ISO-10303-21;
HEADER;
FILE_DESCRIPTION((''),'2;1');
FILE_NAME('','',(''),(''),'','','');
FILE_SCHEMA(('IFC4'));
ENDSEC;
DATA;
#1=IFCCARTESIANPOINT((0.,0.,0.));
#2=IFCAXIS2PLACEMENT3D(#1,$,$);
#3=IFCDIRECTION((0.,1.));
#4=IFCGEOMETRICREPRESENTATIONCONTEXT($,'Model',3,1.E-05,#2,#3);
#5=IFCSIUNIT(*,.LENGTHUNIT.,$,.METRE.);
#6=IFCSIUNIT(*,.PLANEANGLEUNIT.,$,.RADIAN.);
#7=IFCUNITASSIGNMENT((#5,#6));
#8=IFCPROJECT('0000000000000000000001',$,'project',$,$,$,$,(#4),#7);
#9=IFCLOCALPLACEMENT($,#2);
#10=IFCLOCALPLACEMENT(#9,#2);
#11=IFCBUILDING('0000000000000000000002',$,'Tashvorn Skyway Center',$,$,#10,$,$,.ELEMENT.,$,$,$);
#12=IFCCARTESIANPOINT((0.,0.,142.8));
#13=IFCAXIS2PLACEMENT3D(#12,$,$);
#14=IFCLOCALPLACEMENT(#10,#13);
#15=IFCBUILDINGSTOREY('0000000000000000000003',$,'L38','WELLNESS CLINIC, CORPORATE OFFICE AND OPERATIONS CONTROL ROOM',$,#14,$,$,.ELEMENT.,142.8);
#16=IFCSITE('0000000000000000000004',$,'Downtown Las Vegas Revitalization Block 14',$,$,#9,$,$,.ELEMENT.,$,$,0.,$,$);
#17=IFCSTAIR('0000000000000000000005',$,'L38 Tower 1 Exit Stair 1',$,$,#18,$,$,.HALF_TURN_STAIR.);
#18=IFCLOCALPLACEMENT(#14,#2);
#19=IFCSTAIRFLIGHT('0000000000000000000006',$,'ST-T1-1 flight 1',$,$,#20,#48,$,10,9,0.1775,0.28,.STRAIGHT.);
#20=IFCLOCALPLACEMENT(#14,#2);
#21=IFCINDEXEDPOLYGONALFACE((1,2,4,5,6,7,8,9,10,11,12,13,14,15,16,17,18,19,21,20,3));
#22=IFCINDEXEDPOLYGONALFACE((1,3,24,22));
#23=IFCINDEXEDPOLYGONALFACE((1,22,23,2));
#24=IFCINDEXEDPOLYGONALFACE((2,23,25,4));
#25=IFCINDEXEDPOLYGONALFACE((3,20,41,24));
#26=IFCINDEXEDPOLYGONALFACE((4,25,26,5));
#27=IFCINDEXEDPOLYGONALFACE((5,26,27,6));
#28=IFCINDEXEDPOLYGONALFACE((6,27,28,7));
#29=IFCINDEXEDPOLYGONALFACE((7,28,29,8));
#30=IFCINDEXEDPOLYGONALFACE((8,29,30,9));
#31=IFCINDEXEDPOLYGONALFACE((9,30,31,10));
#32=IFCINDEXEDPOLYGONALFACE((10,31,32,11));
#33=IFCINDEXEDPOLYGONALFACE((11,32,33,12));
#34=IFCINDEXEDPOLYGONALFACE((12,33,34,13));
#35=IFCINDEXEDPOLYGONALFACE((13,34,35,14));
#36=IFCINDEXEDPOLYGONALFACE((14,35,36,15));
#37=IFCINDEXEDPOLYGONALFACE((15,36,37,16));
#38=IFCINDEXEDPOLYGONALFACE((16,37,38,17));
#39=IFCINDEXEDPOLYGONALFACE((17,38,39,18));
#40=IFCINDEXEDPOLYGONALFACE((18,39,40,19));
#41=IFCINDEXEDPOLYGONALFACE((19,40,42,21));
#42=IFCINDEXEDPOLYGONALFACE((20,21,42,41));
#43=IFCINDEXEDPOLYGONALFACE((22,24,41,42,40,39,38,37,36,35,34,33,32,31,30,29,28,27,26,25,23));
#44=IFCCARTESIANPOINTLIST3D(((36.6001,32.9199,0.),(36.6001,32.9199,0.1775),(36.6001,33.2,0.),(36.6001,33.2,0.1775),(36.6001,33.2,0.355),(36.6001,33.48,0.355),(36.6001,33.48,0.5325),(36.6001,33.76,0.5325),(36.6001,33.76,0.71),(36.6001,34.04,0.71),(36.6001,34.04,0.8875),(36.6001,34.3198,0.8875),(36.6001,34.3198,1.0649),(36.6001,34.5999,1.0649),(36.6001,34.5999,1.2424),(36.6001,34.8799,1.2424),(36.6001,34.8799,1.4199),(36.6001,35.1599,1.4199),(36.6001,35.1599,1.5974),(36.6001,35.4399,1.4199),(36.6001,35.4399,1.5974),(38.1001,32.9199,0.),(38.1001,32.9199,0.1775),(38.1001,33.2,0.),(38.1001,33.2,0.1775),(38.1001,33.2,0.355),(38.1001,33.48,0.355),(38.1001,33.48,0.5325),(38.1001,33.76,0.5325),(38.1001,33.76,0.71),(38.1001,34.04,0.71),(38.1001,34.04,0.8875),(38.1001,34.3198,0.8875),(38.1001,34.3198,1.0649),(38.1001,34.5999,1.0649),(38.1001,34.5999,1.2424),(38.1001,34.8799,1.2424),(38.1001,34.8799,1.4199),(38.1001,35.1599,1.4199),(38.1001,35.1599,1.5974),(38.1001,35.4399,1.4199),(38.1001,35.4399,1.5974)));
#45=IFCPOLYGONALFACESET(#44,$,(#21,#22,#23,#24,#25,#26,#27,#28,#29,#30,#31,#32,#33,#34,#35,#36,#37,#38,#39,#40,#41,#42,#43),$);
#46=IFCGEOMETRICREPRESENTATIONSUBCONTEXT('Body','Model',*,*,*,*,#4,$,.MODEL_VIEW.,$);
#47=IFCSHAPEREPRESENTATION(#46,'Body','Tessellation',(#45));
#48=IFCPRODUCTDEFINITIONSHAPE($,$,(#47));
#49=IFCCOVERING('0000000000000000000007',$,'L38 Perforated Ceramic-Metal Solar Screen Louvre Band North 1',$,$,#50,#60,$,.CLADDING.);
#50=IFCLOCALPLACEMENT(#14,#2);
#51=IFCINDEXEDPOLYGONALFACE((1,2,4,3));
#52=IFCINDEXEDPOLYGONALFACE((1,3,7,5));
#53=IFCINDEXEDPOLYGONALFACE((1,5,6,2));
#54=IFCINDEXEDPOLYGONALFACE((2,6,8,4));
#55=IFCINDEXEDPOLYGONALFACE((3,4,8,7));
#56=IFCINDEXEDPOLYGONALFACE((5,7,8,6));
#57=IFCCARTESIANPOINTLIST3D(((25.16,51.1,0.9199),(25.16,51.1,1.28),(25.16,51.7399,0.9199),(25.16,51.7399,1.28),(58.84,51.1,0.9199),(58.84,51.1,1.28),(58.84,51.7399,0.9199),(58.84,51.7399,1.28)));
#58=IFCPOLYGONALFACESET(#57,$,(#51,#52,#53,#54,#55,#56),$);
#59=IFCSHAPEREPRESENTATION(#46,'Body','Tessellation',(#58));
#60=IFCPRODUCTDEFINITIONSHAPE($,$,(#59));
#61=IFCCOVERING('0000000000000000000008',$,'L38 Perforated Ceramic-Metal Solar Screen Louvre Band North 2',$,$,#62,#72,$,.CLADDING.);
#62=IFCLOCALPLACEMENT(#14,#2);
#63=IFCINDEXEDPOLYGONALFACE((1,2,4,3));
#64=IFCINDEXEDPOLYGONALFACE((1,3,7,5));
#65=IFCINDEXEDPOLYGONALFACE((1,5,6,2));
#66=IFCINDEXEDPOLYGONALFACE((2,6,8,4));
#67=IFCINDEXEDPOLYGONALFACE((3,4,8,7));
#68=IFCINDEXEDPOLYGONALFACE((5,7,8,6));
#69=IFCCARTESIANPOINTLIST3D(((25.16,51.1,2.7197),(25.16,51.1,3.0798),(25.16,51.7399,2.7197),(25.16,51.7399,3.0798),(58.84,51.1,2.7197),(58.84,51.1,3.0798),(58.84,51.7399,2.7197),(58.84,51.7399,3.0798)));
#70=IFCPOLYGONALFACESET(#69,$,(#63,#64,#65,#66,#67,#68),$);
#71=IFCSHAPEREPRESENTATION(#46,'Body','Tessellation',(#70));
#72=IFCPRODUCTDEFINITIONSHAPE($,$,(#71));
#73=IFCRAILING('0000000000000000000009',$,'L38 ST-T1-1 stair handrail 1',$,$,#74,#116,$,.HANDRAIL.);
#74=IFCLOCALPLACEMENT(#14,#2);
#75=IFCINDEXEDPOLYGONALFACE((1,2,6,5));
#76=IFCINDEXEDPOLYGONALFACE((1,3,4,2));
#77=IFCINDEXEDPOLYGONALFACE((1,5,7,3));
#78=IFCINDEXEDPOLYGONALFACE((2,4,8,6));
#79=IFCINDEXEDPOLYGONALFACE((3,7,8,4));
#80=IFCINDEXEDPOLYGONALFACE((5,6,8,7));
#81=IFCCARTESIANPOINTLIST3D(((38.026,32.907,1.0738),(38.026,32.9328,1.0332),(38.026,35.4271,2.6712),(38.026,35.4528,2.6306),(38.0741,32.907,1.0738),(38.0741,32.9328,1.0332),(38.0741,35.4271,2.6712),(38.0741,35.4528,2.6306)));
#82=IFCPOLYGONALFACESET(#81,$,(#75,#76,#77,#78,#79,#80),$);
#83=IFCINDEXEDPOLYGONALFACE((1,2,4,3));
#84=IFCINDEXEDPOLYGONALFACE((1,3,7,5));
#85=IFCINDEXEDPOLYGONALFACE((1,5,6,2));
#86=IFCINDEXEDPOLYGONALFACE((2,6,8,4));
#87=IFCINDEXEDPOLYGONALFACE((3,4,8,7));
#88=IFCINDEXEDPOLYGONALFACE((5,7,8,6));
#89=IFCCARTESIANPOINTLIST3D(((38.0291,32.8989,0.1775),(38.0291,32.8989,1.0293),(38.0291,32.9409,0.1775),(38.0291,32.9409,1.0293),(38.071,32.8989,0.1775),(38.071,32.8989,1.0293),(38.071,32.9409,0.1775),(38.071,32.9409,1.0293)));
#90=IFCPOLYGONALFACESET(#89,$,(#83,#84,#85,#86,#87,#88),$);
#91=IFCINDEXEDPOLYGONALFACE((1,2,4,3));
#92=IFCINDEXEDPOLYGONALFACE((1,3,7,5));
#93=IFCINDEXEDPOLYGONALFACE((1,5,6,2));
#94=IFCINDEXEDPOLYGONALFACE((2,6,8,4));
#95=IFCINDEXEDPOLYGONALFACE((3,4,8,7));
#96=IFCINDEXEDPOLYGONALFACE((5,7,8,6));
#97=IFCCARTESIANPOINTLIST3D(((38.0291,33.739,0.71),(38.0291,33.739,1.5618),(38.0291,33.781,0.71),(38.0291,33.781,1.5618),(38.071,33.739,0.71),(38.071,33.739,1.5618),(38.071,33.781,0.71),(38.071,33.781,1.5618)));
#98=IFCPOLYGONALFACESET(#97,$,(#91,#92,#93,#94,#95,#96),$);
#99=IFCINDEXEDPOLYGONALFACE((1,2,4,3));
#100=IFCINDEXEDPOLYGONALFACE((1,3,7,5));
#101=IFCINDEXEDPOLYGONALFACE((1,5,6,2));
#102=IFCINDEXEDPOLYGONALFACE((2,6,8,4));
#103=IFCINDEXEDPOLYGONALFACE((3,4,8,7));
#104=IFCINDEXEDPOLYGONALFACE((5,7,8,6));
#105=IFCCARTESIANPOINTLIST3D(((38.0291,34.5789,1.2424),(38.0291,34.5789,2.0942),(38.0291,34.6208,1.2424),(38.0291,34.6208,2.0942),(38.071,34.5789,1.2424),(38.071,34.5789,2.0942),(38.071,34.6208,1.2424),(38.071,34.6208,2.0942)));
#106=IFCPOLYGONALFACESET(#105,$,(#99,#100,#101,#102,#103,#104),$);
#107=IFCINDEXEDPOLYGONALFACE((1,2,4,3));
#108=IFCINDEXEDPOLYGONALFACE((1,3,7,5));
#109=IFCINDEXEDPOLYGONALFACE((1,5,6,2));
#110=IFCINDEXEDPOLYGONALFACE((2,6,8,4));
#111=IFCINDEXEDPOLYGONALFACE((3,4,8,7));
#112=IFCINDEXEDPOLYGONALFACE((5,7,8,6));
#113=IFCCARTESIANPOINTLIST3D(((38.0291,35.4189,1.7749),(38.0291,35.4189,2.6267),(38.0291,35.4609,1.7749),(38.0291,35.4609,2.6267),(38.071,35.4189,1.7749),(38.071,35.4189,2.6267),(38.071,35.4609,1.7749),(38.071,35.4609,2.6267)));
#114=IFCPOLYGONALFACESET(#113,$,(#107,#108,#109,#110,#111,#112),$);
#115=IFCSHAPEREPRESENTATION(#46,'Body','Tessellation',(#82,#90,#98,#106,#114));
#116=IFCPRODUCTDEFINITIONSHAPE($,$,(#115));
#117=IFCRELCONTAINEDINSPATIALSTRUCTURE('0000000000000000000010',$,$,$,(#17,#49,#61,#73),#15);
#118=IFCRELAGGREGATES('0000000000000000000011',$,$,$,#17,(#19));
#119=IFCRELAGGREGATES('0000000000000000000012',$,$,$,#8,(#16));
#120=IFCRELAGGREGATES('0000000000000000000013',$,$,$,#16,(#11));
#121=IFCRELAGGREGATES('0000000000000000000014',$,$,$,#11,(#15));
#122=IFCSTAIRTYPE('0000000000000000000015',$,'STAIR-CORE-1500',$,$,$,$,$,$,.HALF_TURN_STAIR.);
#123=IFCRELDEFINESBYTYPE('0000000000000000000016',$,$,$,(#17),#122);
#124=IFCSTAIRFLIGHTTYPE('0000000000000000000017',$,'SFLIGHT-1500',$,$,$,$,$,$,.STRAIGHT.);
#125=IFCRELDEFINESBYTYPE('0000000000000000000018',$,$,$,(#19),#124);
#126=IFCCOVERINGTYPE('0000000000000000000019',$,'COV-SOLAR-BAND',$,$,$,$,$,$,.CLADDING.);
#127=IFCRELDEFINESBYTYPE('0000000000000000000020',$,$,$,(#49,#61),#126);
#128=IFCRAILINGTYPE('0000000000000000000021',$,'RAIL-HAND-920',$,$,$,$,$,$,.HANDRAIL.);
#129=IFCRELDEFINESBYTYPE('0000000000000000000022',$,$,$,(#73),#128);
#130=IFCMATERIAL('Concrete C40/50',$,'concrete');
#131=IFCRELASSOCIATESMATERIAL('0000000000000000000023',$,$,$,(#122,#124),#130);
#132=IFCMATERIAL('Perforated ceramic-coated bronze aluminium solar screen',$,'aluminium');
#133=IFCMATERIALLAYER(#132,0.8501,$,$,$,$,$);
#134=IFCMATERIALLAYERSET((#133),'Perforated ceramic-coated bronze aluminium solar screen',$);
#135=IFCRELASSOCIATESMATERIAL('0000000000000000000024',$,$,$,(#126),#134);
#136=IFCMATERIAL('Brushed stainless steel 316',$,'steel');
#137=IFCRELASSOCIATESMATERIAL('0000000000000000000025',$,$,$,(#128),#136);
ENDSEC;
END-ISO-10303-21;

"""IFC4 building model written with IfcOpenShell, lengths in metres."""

from ifc_helpers import new_model, si_unit, direction, frame, origin, origin_2d, place, context, subcontext, project, spatial, polyline, rectangle, outline, extrude, material, layer, layer_set, type_object, element, aggregate, save


model = new_model("IFC4")

# Units and contexts
model_context = context("Model", 3, precision=1e-05, world=origin(), true_north=direction((0.0, 1.0)))
body_context = subcontext(model_context, "Body", "Model", "MODEL_VIEW")
ifc_project = project(units=[si_unit("LENGTHUNIT", "METRE"), si_unit("PLANEANGLEUNIT", "RADIAN")], contexts=[model_context])

# Site, building, storey
site_placement = place(None, origin())
site = spatial("IfcSite", under=ifc_project, at=site_placement, Name="Downtown Las Vegas Revitalization Block 14", CompositionType="ELEMENT", RefElevation=0.0)
building_placement = place(site_placement, origin())
building = spatial("IfcBuilding", under=site, at=building_placement, Name="Tashvorn Skyway Center", CompositionType="ELEMENT")
storey_placement = place(building_placement, frame((0.0, 0.0, 142.8)))
storey = spatial("IfcBuildingStorey", under=building, at=storey_placement, Name="L38", Description="WELLNESS CLINIC, CORPORATE OFFICE AND OPERATIONS CONTROL ROOM", CompositionType="ELEMENT", Elevation=142.8)

# Shared definitions
ifc_material_1 = material(Name="Concrete C40/50", Category="concrete")

# Stair, stair flight
stair_type = type_object("IfcStairType", Name="STAIR-CORE-1500", PredefinedType="HALF_TURN_STAIR", material=ifc_material_1)
stair_placement = place(storey_placement, origin())
stair = element("IfcStair", 1, at=stair_placement, inside=storey, type_object=stair_type, Name="L38 Tower 1 Exit Stair 1", PredefinedType="HALF_TURN_STAIR")
stair_flight_type = type_object("IfcStairFlightType", Name="SFLIGHT-1500", PredefinedType="STRAIGHT", material=ifc_material_1)
stair_flight_placement = place(storey_placement, frame((37.3501, 32.9199, 0.0), z_axis=(0.0, 0.0, 1.0), x_axis=(0.0, 1.0, 0.0)))
stair_flight = element("IfcStairFlight", 2, at=stair_flight_placement, type_object=stair_flight_type, Name="ST-T1-1 flight 1", NumberOfRisers=10, NumberOfTreads=9, PredefinedType="STRAIGHT", RiserHeight=0.1775, TreadLength=0.28, context=body_context, shape_type="SweptSolid", body=[
    extrude(outline(polyline([(0.0, 0.0), (0.0, 0.1775), (0.28, 0.1775), (0.28, 0.355), (0.5601, 0.355), (0.5601, 0.5325), (0.8401, 0.5325), (0.8401, 0.71), (1.1201, 0.71), (1.1201, 0.8875), (1.3999, 0.8875), (1.3999, 1.0649), (1.6799, 1.0649), (1.6799, 1.2424), (1.96, 1.2424), (1.96, 1.4199), (2.24, 1.4199), (2.24, 1.5974), (2.52, 1.5974), (2.52, 1.7749), (2.52, 1.4199), (0.28, 0.0), (0.0, 0.0)])), frame((0.0, 0.75, 0.0), z_axis=(0.0, -1.0, 0.0), x_axis=(1.0, 0.0, 0.0)), (0.0, 0.0, 1.0), 1.5),
])
aggregate(stair, [stair_flight])

# Coverings
ifc_material_2 = material(Name="Perforated ceramic-coated bronze aluminium solar screen", Category="aluminium")
ifc_layer_1 = layer(ifc_material_2, 0.8501)
ifc_layer_set_1 = layer_set([ifc_layer_1], Name="Perforated ceramic-coated bronze aluminium solar screen")
covering_type = type_object("IfcCoveringType", Name="COV-SOLAR-BAND", PredefinedType="CLADDING", material=ifc_layer_set_1)
for number, where, z_axis, x_axis, name in (
    (3, (42.0, 51.4199, 0.9199), (0.0, 0.0, 1.0), (1.0, 0.0, 0.0), "L38 Perforated Ceramic-Metal Solar Screen Louvre Band North 1"),
    (4, (42.0, 51.4199, 2.7197), (0.0, 0.0, 1.0), (1.0, 0.0, 0.0), "L38 Perforated Ceramic-Metal Solar Screen Louvre Band North 2"),
):
    element("IfcCovering", number, at=place(storey_placement, frame(where, z_axis=z_axis, x_axis=x_axis)), inside=storey, type_object=covering_type, Name=name, PredefinedType="CLADDING", context=body_context, shape_type="SweptSolid", body=[
        extrude(rectangle(XDim=33.6799, YDim=0.6399, at=origin_2d()), origin(), (0.0, 0.0, 1.0), 0.3601),
    ])

# Railing
ifc_material_3 = material(Name="Brushed stainless steel 316", Category="steel")
railing_type = type_object("IfcRailingType", Name="RAIL-HAND-920", PredefinedType="HANDRAIL", material=ifc_material_3)
railing_placement = place(storey_placement, frame((38.05, 32.9199, 0.1775)))
element("IfcRailing", 5, at=railing_placement, inside=storey, type_object=railing_type, Name="L38 ST-T1-1 stair handrail 1", PredefinedType="HANDRAIL", context=body_context, shape_type="SweptSolid", body=[
    extrude(rectangle(XDim=0.0481, YDim=0.0481, at=origin_2d()), frame((0.0, 0.0, 0.876), z_axis=(0.0, 0.844607, 0.535387), x_axis=(-1.0, 0.0, 0.0)), (0.0, 0.0, 1.0), 2.9836),
    extrude(rectangle(XDim=0.042, YDim=0.042, at=origin_2d()), origin(), (0.0, 0.0, 1.0), 0.8518),
    extrude(rectangle(XDim=0.042, YDim=0.042, at=origin_2d()), frame((0.0, 0.8401, 0.5325)), (0.0, 0.0, 1.0), 0.8518),
    extrude(rectangle(XDim=0.042, YDim=0.042, at=origin_2d()), frame((0.0, 1.6799, 1.0649)), (0.0, 0.0, 1.0), 0.8518),
    extrude(rectangle(XDim=0.042, YDim=0.042, at=origin_2d()), frame((0.0, 2.52, 1.5974)), (0.0, 0.0, 1.0), 0.8518),
])

save(model, "model.ifc")
